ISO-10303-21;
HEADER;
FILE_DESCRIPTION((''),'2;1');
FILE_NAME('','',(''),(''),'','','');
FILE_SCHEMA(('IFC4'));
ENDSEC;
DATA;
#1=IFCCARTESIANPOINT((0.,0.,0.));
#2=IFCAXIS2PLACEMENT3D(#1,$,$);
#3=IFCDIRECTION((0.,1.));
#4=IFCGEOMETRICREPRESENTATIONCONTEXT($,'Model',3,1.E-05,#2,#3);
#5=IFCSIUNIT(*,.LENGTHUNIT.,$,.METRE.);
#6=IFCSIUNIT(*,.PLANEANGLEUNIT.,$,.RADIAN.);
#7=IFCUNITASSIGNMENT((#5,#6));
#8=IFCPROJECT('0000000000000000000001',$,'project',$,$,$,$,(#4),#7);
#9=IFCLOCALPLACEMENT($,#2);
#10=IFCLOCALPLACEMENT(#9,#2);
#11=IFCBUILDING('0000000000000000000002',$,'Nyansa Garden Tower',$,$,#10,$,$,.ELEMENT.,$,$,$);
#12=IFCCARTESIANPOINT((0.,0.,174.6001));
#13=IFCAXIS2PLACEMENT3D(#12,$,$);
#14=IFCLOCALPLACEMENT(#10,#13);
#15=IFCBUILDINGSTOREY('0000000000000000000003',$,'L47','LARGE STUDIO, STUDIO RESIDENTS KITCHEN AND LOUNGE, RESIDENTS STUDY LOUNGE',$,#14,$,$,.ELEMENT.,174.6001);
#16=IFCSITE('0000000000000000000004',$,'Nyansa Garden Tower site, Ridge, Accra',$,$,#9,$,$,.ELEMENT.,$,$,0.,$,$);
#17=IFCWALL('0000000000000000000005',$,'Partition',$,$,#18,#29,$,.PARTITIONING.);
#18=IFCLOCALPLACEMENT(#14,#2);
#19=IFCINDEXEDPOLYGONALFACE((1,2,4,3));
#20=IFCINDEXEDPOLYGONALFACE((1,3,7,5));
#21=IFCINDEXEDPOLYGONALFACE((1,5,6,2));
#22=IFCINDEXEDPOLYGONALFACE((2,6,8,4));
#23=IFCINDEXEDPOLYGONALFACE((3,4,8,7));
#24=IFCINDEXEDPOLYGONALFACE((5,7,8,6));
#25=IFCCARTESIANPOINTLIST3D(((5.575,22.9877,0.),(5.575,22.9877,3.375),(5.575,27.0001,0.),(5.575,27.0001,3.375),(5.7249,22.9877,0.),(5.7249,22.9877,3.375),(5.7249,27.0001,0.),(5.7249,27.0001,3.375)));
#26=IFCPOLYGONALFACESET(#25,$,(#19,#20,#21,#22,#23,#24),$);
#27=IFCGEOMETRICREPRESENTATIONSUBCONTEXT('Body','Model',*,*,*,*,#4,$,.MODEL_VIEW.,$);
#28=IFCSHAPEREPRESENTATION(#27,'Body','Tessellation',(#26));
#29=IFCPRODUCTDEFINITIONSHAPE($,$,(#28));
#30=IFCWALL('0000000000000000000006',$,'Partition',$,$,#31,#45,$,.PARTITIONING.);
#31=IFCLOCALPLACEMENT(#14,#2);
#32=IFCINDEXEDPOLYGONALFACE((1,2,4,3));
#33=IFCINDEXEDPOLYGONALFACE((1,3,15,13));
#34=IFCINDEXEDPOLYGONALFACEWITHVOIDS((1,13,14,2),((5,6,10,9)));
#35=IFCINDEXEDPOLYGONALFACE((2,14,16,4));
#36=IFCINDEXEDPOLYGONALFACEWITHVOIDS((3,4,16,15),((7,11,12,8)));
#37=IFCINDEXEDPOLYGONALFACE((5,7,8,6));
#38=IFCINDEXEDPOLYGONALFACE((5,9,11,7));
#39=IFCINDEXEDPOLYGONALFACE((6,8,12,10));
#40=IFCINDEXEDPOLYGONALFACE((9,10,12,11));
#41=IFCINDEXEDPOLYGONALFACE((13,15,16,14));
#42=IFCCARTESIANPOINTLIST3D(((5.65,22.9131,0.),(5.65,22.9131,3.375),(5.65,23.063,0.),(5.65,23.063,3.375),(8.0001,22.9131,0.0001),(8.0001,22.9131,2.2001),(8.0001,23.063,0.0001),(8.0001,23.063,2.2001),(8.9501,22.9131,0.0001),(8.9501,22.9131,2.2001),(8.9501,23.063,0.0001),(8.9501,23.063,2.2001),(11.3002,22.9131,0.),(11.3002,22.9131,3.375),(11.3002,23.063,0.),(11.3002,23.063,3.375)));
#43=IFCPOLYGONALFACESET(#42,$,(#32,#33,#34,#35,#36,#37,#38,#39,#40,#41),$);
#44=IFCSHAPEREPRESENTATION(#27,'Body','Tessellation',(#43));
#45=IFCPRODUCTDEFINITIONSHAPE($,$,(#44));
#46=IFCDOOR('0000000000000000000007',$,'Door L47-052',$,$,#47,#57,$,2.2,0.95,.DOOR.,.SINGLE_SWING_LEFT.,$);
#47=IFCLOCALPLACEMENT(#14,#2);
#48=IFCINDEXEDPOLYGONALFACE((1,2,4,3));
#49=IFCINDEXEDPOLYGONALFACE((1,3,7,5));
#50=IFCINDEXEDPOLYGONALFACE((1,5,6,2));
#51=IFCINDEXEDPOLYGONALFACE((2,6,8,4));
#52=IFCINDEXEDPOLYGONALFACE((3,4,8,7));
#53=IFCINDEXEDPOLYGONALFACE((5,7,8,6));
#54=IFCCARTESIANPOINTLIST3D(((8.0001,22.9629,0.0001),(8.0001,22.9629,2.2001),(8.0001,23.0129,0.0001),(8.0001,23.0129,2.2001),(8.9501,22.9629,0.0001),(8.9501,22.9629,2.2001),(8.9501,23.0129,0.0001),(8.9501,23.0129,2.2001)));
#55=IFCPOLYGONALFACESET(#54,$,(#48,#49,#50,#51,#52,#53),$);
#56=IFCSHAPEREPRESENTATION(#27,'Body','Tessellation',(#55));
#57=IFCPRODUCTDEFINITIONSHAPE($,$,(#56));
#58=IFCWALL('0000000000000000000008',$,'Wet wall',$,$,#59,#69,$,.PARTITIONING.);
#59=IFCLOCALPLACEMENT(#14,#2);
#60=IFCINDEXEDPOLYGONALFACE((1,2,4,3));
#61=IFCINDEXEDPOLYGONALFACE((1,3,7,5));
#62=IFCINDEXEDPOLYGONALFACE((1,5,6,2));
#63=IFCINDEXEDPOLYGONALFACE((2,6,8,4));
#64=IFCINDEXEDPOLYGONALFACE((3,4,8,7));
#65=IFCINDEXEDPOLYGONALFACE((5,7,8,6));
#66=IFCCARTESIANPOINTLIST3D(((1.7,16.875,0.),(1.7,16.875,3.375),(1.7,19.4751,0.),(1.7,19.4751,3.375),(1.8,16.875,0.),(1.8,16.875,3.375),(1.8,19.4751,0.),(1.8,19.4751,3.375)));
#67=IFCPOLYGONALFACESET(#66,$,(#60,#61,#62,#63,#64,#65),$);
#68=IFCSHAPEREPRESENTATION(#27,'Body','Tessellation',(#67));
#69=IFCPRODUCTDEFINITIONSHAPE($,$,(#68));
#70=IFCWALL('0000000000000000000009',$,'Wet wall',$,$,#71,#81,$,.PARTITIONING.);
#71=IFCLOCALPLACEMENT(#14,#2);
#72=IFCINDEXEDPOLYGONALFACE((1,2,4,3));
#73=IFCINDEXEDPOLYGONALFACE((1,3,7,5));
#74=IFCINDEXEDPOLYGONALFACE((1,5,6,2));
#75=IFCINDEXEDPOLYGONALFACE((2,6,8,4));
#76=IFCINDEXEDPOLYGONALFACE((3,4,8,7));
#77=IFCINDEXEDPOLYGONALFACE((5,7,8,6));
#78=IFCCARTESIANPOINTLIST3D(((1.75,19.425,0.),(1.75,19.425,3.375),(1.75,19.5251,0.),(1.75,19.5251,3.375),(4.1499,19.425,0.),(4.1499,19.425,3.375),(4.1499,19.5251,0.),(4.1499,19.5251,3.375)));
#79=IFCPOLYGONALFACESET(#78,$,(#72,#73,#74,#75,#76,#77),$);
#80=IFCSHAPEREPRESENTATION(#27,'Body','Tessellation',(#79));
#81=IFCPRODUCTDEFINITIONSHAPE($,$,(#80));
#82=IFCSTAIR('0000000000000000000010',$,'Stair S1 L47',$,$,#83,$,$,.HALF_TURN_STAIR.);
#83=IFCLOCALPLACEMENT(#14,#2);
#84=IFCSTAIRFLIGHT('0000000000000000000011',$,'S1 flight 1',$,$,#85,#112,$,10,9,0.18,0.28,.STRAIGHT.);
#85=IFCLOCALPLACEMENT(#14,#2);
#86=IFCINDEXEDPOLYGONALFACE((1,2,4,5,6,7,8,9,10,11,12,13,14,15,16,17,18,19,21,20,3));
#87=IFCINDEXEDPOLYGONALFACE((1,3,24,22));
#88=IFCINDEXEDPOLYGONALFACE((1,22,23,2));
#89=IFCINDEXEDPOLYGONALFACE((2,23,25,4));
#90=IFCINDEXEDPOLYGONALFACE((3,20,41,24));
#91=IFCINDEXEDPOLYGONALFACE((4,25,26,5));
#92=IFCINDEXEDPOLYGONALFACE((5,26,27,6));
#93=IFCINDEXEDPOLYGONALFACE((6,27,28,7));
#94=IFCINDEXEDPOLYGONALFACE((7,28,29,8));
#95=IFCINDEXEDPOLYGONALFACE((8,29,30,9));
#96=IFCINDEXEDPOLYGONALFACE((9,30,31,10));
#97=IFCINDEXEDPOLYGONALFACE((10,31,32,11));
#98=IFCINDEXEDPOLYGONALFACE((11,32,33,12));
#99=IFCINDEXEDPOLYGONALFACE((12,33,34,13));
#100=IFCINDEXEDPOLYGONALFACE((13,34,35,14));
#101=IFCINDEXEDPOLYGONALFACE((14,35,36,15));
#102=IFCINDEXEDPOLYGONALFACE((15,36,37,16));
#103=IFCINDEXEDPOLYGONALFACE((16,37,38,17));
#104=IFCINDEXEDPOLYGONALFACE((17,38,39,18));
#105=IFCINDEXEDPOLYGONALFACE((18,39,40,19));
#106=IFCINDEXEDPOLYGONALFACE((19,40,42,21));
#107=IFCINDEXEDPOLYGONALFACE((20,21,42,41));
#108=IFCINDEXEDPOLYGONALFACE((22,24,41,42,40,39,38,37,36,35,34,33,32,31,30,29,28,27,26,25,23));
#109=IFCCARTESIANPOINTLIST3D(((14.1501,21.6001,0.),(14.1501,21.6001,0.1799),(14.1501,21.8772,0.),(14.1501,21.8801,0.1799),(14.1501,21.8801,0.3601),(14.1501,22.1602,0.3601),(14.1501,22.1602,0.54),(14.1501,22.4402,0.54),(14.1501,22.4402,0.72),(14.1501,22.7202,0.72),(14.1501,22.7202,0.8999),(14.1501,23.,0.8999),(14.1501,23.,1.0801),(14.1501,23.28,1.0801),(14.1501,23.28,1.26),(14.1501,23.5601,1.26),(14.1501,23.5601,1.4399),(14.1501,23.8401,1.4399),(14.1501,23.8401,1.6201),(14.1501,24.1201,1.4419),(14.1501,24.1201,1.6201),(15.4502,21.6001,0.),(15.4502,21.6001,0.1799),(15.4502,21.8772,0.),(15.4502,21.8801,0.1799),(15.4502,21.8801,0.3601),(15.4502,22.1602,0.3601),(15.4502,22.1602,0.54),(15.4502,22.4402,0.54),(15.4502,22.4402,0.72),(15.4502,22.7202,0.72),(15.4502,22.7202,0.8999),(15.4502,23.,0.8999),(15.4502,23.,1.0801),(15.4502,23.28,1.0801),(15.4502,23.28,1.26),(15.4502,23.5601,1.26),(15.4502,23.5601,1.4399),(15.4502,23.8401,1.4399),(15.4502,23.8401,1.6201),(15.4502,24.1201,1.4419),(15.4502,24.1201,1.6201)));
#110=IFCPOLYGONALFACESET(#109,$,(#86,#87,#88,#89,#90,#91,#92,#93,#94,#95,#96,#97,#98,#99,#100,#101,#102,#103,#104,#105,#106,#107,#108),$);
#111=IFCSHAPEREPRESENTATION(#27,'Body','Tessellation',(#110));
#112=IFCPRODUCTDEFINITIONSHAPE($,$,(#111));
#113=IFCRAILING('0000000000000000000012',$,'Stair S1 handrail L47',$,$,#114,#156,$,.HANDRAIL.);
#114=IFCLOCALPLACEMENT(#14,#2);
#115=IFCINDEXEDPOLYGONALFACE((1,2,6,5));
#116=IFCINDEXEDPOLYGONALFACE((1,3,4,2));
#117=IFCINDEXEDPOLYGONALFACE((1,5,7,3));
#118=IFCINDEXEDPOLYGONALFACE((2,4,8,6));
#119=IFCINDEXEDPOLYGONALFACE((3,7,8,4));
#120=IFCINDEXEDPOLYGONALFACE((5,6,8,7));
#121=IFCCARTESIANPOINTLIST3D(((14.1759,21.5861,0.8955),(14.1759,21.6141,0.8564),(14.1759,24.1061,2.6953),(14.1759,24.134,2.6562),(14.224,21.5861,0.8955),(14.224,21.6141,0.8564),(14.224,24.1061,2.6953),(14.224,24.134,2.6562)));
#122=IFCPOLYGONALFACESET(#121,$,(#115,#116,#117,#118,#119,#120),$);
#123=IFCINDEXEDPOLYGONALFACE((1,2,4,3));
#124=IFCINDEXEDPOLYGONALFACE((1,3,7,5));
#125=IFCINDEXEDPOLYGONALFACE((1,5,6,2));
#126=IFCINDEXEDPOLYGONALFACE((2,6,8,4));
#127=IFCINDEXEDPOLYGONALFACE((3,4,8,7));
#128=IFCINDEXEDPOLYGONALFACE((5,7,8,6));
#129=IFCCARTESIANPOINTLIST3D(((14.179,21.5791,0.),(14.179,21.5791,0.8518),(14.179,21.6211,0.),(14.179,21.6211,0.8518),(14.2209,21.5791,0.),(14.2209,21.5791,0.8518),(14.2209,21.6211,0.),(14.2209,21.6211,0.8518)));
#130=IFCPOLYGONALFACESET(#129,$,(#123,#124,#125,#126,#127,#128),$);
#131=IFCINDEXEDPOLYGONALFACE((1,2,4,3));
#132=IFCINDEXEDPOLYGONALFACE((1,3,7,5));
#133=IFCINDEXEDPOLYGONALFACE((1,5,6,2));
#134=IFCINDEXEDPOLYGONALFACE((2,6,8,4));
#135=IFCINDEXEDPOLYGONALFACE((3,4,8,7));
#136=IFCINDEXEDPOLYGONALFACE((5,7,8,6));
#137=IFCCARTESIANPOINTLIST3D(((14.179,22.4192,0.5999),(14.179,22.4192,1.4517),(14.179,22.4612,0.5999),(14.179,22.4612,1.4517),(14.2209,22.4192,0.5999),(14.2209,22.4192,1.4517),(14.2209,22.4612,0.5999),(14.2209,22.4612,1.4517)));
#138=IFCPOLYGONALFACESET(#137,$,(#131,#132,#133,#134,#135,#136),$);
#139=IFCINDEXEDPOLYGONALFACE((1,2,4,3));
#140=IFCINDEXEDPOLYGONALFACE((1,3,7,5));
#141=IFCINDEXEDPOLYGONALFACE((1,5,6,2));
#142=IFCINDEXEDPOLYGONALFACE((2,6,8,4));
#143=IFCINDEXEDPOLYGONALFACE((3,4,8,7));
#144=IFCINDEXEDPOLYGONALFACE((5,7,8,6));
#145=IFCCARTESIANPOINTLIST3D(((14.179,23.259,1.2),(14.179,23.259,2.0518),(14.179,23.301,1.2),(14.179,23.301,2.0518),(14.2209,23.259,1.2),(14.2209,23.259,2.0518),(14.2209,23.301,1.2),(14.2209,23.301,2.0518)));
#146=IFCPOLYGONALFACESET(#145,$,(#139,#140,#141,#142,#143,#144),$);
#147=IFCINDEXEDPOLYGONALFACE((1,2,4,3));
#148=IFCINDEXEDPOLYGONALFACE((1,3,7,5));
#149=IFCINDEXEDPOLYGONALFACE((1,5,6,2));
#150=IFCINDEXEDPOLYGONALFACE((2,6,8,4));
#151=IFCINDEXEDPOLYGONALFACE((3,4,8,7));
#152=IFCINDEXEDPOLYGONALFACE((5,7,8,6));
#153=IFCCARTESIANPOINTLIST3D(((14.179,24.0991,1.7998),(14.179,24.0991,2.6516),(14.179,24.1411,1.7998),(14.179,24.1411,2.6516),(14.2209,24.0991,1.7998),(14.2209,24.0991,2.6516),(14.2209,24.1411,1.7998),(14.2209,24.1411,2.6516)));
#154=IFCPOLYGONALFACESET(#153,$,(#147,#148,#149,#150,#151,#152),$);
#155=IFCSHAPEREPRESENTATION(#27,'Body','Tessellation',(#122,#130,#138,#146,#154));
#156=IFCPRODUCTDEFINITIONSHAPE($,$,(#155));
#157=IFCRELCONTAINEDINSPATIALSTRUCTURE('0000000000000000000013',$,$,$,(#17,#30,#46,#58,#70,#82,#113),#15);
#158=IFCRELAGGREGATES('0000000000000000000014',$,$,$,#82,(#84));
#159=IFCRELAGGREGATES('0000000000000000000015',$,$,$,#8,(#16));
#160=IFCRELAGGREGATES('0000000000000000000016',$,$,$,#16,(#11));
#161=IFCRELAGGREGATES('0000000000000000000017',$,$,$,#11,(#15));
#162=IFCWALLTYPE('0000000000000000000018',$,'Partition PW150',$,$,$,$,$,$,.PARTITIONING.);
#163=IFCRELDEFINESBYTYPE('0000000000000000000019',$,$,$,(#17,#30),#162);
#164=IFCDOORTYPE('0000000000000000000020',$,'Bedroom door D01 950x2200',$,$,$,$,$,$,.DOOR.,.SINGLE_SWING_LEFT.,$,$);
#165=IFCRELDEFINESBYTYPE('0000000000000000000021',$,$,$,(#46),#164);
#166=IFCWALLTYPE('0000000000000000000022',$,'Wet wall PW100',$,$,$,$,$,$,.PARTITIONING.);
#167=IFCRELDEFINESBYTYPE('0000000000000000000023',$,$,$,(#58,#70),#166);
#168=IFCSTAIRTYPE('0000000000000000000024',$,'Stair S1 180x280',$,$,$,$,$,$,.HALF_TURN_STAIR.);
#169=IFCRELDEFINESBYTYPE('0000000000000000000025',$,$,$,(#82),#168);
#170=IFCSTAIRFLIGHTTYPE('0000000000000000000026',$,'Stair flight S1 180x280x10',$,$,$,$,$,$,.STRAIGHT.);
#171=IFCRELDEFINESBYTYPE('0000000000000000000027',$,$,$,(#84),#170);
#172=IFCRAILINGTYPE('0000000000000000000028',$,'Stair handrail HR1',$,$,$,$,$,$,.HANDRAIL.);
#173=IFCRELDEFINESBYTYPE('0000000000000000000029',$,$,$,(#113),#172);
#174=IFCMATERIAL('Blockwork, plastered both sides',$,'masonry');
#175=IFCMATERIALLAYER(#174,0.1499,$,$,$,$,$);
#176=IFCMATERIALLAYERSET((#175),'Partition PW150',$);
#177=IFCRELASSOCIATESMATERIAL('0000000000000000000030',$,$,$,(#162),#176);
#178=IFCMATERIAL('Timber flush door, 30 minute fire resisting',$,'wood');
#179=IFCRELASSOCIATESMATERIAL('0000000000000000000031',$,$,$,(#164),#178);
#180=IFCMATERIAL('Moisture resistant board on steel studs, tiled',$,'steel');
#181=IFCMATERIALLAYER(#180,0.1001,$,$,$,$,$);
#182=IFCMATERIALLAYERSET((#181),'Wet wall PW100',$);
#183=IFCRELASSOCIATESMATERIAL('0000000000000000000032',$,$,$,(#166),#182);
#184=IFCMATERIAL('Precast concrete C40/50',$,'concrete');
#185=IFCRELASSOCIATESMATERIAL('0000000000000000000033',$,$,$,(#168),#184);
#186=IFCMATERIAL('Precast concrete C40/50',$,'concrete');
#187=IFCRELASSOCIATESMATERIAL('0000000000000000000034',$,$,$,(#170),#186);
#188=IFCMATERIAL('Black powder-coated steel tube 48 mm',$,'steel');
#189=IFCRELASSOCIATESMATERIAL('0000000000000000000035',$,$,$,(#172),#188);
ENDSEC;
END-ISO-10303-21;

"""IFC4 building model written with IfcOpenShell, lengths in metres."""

from ifc_helpers import new_model, si_unit, direction, frame, frame_2d, origin, origin_2d, place, context, subcontext, project, spatial, polyline, rectangle, outline, extrude, material, layer, layer_set, type_object, element, fill, aggregate, save


model = new_model("IFC4")

# Units and contexts
model_context = context("Model", 3, precision=1e-05, world=origin(), true_north=direction((0.0, 1.0)))
body_context = subcontext(model_context, "Body", "Model", "MODEL_VIEW")
ifc_project = project(units=[si_unit("LENGTHUNIT", "METRE"), si_unit("PLANEANGLEUNIT", "RADIAN")], contexts=[model_context])

# Site, building, storey
site_placement = place(None, origin())
site = spatial("IfcSite", under=ifc_project, at=site_placement, Name="Nyansa Garden Tower site, Ridge, Accra", CompositionType="ELEMENT", RefElevation=0.0)
building_placement = place(site_placement, origin())
building = spatial("IfcBuilding", under=site, at=building_placement, Name="Nyansa Garden Tower", CompositionType="ELEMENT")
storey_placement = place(building_placement, frame((0.0, 0.0, 174.6001)))
storey = spatial("IfcBuildingStorey", under=building, at=storey_placement, Name="L47", Description="LARGE STUDIO, STUDIO RESIDENTS KITCHEN AND LOUNGE, RESIDENTS STUDY LOUNGE", CompositionType="ELEMENT", Elevation=174.6001)

# Wall
ifc_material_1 = material(Name="Blockwork, plastered both sides", Category="masonry")
ifc_layer_1 = layer(ifc_material_1, 0.1499)
ifc_layer_set_1 = layer_set([ifc_layer_1], Name="Partition PW150")
wall_type_1 = type_object("IfcWallType", Name="Partition PW150", PredefinedType="PARTITIONING", material=ifc_layer_set_1)
wall_1_placement = place(storey_placement, frame((5.6499, 22.9875, 0.0), z_axis=(0.0, 0.0, 1.0), x_axis=(0.0, 1.0, 0.0)))
element("IfcWall", 1, at=wall_1_placement, inside=storey, type_object=wall_type_1, Name="Partition", PredefinedType="PARTITIONING", context=body_context, shape_type="SweptSolid", body=[
    extrude(rectangle(XDim=4.0125, YDim=0.1499, at=frame_2d((2.0063, 0.0))), origin(), (0.0, 0.0, 1.0), 3.375),
])

# Wall, opening, door
wall_2_placement = place(storey_placement, frame((5.6499, 22.988, 0.0), z_axis=(0.0, 0.0, 1.0), x_axis=(1.0, 0.0, 0.0)))
wall_2 = element("IfcWall", 2, at=wall_2_placement, inside=storey, type_object=wall_type_1, Name="Partition", PredefinedType="PARTITIONING", context=body_context, shape_type="SweptSolid", body=[
    extrude(rectangle(XDim=5.6501, YDim=0.1499, at=frame_2d((2.8252, 0.0))), origin(), (0.0, 0.0, 1.0), 3.375),
])
opening_1_placement = place(wall_2_placement, frame((2.3501, 0.0, 0.0)))
opening_1 = element("IfcOpeningElement", 3, at=opening_1_placement, cuts=wall_2, PredefinedType="OPENING", context=body_context, shape_type="SweptSolid", body=[
    extrude(rectangle(XDim=0.95, YDim=2.2, at=frame_2d((0.4751, 1.1001))), frame((0.0, 0.085, 0.0), z_axis=(0.0, -1.0, 0.0), x_axis=(1.0, 0.0, 0.0)), (0.0, 0.0, 1.0), 0.1699),
])
ifc_material_2 = material(Name="Timber flush door, 30 minute fire resisting", Category="wood")
door_type_1 = type_object("IfcDoorType", Name="Bedroom door D01 950x2200", OperationType="SINGLE_SWING_LEFT", PredefinedType="DOOR", material=ifc_material_2)
door_1_placement = place(opening_1_placement, origin())
door_1 = element("IfcDoor", 4, at=door_1_placement, inside=storey, type_object=door_type_1, Name="Door L47-052", OperationType="SINGLE_SWING_LEFT", OverallHeight=2.2, OverallWidth=0.95, PredefinedType="DOOR", context=body_context, shape_type="SweptSolid", body=[
    extrude(rectangle(XDim=0.95, YDim=2.2, at=frame_2d((0.4751, 1.1001))), frame((0.0, 0.0249, 0.0), z_axis=(0.0, -1.0, 0.0), x_axis=(1.0, 0.0, 0.0)), (0.0, 0.0, 1.0), 0.05),
])
fill(opening_1, door_1)

# Walls
ifc_material_3 = material(Name="Moisture resistant board on steel studs, tiled", Category="steel")
ifc_layer_2 = layer(ifc_material_3, 0.1001)
ifc_layer_set_2 = layer_set([ifc_layer_2], Name="Wet wall PW100")
wall_type_2 = type_object("IfcWallType", Name="Wet wall PW100", PredefinedType="PARTITIONING", material=ifc_layer_set_2)
wall_3_placement = place(storey_placement, frame((1.75, 16.875, 0.0), z_axis=(0.0, 0.0, 1.0), x_axis=(0.0, 1.0, 0.0)))
element("IfcWall", 5, at=wall_3_placement, inside=storey, type_object=wall_type_2, Name="Wet wall", PredefinedType="PARTITIONING", context=body_context, shape_type="SweptSolid", body=[
    extrude(rectangle(XDim=2.6001, YDim=0.1001, at=frame_2d((1.3, 0.0))), origin(), (0.0, 0.0, 1.0), 3.375),
])
wall_4_placement = place(storey_placement, frame((1.75, 19.4751, 0.0), z_axis=(0.0, 0.0, 1.0), x_axis=(1.0, 0.0, 0.0)))
element("IfcWall", 6, at=wall_4_placement, inside=storey, type_object=wall_type_2, Name="Wet wall", PredefinedType="PARTITIONING", context=body_context, shape_type="SweptSolid", body=[
    extrude(rectangle(XDim=2.3999, YDim=0.1001, at=frame_2d((1.2, 0.0))), origin(), (0.0, 0.0, 1.0), 3.375),
])

# Stair, stair flight
ifc_material_4 = material(Name="Precast concrete C40/50", Category="concrete")
stair_type = type_object("IfcStairType", Name="Stair S1 180x280", PredefinedType="HALF_TURN_STAIR", material=ifc_material_4)
stair_placement = place(storey_placement, origin())
stair = element("IfcStair", 7, at=stair_placement, inside=storey, type_object=stair_type, Name="Stair S1 L47", PredefinedType="HALF_TURN_STAIR")
ifc_material_5 = material(Name="Precast concrete C40/50", Category="concrete")
stair_flight_type = type_object("IfcStairFlightType", Name="Stair flight S1 180x280x10", PredefinedType="STRAIGHT", material=ifc_material_5)
stair_flight_placement = place(storey_placement, frame((14.8, 21.6001, 0.0), z_axis=(0.0, 0.0, 1.0), x_axis=(0.0, 1.0, 0.0)))
stair_flight = element("IfcStairFlight", 8, at=stair_flight_placement, type_object=stair_flight_type, Name="S1 flight 1", NumberOfRisers=10, NumberOfTreads=9, PredefinedType="STRAIGHT", RiserHeight=0.18, TreadLength=0.28, context=body_context, shape_type="SweptSolid", body=[
    extrude(outline(polyline([(0.0, 0.0), (0.0, 0.1799), (0.28, 0.1799), (0.28, 0.3601), (0.5601, 0.3601), (0.5601, 0.54), (0.8401, 0.54), (0.8401, 0.72), (1.1201, 0.72), (1.1201, 0.8999), (1.3999, 0.8999), (1.3999, 1.0801), (1.6799, 1.0801), (1.6799, 1.26), (1.96, 1.26), (1.96, 1.4399), (2.24, 1.4399), (2.24, 1.6201), (2.52, 1.6201), (2.52, 1.8), (2.52, 1.4419), (0.2771, 0.0), (0.0, 0.0)])), frame((0.0, 0.6499, 0.0), z_axis=(0.0, -1.0, 0.0), x_axis=(1.0, 0.0, 0.0)), (0.0, 0.0, 1.0), 1.3),
])
aggregate(stair, [stair_flight])

# Railing
ifc_material_6 = material(Name="Black powder-coated steel tube 48 mm", Category="steel")
railing_type = type_object("IfcRailingType", Name="Stair handrail HR1", PredefinedType="HANDRAIL", material=ifc_material_6)
railing_placement = place(storey_placement, frame((14.2, 21.6001, 0.0)))
element("IfcRailing", 9, at=railing_placement, inside=storey, type_object=railing_type, Name="Stair S1 handrail L47", PredefinedType="HANDRAIL", context=body_context, shape_type="SweptSolid", body=[
    extrude(rectangle(XDim=0.0481, YDim=0.0481, at=origin_2d()), frame((0.0, 0.0, 0.876), z_axis=(0.0, 0.813765, 0.581193), x_axis=(-1.0, 0.0, 0.0)), (0.0, 0.0, 1.0), 3.0967),
    extrude(rectangle(XDim=0.042, YDim=0.042, at=origin_2d()), origin(), (0.0, 0.0, 1.0), 0.8518),
    extrude(rectangle(XDim=0.042, YDim=0.042, at=origin_2d()), frame((0.0, 0.8401, 0.5999)), (0.0, 0.0, 1.0), 0.8518),
    extrude(rectangle(XDim=0.042, YDim=0.042, at=origin_2d()), frame((0.0, 1.6799, 1.2)), (0.0, 0.0, 1.0), 0.8518),
    extrude(rectangle(XDim=0.042, YDim=0.042, at=origin_2d()), frame((0.0, 2.52, 1.7998)), (0.0, 0.0, 1.0), 0.8518),
])

save(model, "model.ifc")
